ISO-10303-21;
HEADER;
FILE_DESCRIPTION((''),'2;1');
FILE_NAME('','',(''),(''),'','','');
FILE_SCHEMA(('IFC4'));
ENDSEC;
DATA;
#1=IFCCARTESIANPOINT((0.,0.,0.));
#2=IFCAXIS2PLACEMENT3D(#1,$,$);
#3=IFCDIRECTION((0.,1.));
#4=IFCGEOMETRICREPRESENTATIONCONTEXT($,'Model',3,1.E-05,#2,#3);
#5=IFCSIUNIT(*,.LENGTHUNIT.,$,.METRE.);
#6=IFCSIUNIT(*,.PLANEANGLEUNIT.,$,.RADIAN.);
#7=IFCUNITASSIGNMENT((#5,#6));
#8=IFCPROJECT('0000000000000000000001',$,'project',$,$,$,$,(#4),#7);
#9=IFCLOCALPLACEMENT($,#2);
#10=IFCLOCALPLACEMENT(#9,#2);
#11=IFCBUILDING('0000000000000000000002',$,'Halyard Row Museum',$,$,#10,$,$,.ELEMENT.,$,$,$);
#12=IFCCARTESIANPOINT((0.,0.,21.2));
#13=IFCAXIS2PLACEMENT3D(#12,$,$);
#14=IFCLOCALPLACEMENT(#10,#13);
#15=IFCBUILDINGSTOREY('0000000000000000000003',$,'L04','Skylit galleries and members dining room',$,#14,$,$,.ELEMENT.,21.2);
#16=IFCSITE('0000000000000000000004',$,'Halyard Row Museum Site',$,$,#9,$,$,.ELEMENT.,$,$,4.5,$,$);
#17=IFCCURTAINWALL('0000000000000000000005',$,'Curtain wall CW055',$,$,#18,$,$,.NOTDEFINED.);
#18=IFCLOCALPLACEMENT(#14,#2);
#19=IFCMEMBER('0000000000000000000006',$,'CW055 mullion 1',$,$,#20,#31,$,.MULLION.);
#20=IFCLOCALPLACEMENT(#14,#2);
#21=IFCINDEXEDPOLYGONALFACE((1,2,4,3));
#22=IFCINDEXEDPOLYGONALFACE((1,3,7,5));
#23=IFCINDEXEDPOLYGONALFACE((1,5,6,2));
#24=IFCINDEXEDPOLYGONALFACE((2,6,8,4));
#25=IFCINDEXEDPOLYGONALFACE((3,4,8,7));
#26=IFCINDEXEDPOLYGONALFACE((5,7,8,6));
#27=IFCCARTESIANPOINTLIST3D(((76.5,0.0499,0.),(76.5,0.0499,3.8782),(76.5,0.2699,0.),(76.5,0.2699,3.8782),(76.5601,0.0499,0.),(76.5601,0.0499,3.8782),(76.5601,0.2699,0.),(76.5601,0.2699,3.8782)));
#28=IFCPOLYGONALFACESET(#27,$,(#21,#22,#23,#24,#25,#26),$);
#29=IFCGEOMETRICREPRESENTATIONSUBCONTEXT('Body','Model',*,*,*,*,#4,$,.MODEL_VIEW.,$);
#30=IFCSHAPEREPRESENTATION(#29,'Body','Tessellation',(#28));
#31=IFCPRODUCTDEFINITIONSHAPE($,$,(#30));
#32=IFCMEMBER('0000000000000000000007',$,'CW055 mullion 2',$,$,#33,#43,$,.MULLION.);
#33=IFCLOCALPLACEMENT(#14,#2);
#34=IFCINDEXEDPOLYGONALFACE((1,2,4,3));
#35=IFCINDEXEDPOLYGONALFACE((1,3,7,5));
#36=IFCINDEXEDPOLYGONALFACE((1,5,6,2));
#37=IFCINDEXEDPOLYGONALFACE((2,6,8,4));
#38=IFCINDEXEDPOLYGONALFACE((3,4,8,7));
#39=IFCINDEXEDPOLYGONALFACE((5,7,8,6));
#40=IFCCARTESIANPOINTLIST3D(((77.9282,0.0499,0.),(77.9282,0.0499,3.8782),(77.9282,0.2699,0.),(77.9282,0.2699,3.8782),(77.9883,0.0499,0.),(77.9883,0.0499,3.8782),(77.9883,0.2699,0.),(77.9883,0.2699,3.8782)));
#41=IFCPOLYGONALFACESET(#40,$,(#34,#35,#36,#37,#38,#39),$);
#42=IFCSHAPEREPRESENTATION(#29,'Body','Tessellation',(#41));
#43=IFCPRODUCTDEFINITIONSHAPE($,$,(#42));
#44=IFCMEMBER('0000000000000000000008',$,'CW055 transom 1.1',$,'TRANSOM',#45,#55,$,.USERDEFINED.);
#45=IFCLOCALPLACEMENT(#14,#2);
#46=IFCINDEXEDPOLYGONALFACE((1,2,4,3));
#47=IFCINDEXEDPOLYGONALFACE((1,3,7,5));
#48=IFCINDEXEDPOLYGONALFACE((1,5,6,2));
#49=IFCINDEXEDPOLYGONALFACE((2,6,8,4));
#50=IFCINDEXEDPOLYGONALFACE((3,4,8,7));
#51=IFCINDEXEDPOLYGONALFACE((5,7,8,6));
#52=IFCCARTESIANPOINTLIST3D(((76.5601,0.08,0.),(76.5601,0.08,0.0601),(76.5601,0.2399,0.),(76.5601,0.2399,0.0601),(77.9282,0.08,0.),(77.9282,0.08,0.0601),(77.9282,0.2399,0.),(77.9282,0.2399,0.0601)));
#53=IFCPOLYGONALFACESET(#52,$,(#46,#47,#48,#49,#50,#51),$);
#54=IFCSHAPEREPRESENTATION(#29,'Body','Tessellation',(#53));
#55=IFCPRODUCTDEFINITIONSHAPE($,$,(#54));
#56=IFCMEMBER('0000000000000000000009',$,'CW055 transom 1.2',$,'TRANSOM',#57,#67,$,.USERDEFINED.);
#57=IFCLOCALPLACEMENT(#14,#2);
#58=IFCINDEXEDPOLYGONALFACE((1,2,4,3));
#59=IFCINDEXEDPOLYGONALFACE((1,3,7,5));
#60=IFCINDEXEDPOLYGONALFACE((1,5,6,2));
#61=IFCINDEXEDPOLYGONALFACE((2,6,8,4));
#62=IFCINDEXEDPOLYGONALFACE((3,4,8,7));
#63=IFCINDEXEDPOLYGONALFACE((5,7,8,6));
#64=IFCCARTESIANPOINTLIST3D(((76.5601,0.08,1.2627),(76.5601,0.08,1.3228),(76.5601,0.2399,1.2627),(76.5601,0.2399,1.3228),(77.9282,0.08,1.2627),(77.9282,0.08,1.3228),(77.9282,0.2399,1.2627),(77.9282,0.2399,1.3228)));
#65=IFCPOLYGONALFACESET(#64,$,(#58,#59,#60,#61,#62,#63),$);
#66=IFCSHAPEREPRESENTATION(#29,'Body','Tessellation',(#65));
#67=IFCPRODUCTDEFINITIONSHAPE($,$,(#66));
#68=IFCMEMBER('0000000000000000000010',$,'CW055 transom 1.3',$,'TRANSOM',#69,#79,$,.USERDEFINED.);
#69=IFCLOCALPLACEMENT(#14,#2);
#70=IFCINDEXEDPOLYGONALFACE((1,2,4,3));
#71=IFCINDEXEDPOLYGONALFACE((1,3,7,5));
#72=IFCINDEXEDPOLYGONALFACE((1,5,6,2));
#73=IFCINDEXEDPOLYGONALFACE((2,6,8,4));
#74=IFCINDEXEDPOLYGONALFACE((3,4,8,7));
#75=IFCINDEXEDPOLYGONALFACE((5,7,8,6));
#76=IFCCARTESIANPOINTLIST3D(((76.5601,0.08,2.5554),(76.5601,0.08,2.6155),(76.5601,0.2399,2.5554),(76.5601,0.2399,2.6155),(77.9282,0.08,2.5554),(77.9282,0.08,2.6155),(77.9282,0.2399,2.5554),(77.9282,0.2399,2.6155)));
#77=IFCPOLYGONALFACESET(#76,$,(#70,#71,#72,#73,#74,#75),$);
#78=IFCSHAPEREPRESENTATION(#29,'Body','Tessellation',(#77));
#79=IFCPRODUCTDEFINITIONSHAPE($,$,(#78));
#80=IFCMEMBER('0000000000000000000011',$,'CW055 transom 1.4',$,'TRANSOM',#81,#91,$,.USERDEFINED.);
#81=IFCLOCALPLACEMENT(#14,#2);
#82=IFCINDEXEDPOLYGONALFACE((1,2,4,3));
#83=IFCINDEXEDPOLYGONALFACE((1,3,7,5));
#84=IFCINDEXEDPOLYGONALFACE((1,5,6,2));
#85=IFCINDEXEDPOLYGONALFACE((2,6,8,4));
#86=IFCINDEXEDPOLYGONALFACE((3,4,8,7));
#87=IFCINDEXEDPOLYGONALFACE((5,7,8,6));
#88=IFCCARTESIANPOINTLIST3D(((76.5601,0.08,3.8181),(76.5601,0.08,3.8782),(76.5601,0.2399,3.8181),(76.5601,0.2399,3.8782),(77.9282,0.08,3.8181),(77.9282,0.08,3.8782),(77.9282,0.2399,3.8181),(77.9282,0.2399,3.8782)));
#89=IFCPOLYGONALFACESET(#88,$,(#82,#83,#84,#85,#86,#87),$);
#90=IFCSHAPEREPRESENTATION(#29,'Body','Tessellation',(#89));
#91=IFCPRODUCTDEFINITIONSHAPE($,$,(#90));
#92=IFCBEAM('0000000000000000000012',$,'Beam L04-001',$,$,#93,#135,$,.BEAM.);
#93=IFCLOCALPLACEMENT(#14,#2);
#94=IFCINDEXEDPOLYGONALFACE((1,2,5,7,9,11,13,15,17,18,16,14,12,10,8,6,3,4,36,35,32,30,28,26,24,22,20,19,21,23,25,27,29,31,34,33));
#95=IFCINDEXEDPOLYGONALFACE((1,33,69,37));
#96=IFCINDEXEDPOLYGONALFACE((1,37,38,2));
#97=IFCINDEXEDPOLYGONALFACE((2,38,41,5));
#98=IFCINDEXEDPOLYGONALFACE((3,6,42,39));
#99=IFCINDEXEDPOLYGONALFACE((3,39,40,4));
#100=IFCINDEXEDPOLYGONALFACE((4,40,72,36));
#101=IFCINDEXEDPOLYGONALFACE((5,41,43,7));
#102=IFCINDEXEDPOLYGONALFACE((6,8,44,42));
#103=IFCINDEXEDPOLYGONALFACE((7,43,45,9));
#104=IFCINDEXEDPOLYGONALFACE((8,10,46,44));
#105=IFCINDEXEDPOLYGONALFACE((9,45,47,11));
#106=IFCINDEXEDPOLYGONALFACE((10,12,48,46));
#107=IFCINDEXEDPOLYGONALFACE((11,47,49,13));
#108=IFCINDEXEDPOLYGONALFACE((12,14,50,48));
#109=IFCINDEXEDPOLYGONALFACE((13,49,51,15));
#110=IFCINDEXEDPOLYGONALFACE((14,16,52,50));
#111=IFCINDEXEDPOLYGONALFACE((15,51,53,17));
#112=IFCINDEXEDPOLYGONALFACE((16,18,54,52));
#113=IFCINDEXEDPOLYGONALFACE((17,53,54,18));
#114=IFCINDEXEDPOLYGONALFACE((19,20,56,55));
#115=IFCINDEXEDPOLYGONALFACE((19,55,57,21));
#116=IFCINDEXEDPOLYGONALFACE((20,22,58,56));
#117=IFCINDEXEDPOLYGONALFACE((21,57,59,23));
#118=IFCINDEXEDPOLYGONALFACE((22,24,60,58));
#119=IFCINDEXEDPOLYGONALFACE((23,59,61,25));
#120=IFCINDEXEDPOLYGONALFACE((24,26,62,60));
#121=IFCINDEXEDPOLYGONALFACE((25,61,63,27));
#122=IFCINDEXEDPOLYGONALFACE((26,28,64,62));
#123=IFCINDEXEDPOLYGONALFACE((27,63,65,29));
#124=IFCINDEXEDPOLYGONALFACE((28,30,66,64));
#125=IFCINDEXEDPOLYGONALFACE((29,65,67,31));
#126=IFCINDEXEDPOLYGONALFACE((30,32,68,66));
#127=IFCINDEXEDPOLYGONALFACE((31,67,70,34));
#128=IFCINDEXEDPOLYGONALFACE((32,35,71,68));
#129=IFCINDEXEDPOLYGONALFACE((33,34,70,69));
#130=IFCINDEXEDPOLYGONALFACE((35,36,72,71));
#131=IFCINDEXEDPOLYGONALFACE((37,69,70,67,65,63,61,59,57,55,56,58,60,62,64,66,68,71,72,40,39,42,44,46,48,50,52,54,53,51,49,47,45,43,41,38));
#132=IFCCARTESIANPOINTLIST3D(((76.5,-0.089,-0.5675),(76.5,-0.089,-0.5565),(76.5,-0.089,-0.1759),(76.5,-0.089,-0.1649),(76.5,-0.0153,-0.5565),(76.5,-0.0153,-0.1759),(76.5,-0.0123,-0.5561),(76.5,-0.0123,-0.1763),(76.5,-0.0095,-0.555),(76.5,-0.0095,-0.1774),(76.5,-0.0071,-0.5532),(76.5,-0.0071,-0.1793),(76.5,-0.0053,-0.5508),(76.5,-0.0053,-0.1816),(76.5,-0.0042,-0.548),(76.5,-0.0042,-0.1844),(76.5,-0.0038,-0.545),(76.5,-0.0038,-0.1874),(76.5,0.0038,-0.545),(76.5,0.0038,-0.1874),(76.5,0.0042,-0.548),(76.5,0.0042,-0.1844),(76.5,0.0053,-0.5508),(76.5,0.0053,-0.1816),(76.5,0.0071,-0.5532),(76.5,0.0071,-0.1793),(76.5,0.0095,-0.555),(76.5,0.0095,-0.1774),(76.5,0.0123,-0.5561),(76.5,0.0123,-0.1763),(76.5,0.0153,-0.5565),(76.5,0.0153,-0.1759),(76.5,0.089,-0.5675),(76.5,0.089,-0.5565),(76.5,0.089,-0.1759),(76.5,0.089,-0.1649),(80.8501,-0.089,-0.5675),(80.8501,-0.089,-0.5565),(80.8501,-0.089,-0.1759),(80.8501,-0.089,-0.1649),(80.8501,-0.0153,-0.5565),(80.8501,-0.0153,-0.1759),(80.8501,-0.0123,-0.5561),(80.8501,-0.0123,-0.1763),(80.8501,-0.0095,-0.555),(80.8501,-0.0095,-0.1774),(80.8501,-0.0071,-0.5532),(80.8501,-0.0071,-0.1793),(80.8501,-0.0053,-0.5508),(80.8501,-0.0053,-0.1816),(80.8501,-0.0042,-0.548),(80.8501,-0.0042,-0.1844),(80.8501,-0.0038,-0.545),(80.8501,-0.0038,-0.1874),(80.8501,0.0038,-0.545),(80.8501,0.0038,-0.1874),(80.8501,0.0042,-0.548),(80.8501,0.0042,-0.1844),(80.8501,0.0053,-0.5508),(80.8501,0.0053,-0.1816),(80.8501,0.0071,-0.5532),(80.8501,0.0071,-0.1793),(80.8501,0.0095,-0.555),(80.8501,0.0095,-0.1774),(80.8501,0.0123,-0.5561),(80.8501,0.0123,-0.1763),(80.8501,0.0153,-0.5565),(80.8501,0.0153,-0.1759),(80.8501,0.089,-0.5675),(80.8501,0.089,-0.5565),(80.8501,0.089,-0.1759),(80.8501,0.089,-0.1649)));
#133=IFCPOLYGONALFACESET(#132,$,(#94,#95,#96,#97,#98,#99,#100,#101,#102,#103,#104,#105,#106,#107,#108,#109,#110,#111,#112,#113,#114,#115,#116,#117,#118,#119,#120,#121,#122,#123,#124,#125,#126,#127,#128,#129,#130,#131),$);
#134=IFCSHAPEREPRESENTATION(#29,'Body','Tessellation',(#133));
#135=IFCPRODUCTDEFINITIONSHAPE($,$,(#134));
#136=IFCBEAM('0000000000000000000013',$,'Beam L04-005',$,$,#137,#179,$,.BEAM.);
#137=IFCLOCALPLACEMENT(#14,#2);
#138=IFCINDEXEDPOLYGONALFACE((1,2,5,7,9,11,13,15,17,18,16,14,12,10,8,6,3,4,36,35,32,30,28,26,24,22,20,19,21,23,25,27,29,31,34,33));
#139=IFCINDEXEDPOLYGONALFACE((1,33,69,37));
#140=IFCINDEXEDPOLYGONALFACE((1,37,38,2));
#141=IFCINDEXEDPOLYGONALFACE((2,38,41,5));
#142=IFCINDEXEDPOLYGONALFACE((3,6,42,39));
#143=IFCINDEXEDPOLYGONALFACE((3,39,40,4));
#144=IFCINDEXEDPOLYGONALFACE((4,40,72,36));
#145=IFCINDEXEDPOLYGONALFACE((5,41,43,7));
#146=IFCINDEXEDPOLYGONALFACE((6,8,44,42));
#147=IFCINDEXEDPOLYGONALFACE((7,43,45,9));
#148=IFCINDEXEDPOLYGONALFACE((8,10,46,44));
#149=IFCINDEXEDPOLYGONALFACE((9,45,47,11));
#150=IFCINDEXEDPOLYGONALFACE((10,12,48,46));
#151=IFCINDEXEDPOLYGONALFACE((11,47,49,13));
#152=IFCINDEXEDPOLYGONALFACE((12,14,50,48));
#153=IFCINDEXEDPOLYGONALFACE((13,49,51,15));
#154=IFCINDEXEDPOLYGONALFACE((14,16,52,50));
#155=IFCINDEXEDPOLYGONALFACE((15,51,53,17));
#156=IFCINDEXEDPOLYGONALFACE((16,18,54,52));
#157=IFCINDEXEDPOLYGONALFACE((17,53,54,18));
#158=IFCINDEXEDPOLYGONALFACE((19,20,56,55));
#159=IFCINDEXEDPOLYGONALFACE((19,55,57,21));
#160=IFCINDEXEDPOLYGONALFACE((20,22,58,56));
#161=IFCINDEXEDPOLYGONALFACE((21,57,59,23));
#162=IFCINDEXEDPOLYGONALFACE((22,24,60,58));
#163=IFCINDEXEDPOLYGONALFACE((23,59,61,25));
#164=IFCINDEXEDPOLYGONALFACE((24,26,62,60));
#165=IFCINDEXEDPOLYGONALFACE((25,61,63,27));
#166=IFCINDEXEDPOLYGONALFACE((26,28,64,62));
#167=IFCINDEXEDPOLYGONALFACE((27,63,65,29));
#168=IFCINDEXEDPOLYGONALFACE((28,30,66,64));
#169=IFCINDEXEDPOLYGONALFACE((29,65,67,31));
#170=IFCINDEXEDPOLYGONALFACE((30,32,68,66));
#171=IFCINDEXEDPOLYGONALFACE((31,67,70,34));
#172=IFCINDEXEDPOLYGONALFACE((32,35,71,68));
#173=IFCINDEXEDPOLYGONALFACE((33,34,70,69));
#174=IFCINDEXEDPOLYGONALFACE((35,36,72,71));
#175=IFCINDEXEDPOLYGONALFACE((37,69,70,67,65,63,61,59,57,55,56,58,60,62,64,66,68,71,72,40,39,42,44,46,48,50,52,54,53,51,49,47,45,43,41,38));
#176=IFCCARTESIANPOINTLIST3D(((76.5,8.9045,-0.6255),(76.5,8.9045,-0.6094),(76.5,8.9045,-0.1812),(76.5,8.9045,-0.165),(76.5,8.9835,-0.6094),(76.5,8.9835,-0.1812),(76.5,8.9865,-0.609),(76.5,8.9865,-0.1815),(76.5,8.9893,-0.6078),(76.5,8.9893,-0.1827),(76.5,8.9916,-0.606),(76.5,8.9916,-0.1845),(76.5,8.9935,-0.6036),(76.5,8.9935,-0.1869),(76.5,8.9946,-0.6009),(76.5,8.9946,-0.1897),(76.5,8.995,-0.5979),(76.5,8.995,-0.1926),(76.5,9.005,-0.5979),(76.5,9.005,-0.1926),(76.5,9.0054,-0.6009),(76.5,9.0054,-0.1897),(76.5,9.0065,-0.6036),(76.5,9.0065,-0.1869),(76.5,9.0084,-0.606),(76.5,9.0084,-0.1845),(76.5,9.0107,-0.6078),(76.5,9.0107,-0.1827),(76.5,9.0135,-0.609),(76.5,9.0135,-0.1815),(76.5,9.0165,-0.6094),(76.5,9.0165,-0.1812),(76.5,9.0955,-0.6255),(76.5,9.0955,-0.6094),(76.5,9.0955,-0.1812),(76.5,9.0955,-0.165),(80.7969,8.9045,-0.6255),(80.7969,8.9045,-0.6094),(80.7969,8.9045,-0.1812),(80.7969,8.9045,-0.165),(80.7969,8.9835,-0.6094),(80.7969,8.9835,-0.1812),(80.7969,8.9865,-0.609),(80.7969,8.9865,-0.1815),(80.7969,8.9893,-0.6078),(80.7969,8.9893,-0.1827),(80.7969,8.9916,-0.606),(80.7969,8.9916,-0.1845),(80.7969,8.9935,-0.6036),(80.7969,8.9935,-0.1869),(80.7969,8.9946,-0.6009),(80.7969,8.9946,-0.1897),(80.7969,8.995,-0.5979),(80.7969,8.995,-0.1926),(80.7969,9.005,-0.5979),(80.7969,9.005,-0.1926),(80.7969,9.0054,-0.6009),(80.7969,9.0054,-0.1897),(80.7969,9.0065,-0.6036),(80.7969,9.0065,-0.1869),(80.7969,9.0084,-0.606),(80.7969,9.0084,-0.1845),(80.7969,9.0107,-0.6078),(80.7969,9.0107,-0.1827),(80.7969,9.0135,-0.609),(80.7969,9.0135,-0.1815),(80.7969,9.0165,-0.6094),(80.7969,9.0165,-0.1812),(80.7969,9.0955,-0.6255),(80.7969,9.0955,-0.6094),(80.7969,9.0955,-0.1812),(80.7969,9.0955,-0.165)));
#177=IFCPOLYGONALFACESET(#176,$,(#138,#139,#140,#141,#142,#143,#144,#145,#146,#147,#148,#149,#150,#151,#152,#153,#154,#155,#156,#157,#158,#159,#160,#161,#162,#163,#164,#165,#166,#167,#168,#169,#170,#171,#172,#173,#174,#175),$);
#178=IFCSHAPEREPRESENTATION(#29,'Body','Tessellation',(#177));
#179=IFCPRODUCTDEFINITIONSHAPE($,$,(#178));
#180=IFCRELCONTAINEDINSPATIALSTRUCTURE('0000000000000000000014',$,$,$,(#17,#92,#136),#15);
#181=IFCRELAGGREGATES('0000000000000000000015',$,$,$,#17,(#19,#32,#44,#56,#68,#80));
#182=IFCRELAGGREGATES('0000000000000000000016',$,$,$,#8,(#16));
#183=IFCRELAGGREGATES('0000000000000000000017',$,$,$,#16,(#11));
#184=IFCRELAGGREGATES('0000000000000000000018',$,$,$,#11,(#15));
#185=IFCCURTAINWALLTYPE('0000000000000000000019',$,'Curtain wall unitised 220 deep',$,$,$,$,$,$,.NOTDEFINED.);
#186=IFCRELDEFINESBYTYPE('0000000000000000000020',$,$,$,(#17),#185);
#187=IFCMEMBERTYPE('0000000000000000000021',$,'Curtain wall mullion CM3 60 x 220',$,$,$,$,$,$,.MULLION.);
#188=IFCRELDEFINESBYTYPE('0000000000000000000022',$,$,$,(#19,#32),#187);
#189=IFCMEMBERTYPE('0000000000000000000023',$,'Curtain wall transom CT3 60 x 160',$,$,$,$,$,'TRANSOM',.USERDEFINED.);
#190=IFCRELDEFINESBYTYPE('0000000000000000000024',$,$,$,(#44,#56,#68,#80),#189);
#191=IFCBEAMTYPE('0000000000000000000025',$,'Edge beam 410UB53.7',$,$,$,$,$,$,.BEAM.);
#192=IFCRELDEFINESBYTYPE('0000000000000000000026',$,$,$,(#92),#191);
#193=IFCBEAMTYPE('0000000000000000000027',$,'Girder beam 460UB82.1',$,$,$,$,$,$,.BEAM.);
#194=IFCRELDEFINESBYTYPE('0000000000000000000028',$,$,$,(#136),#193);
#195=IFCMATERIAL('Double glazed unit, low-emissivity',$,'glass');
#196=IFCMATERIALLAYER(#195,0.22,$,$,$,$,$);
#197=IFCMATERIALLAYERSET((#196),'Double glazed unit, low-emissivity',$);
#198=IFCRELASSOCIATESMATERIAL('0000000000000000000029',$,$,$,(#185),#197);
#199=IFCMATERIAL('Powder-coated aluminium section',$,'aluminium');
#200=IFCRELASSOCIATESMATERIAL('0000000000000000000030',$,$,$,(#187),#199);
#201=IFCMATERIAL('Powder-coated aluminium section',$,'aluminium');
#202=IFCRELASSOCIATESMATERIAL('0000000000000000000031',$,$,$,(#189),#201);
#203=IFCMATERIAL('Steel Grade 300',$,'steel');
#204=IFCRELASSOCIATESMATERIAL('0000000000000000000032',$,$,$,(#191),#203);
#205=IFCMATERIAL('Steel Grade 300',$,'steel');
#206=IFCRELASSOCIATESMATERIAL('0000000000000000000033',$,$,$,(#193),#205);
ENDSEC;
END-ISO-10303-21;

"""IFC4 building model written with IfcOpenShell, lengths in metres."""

from ifc_helpers import new_model, si_unit, direction, frame, origin, origin_2d, place, context, subcontext, project, spatial, rectangle, i_section, extrude, material, layer, layer_set, material_profile, profile_set, type_object, element, aggregate, save


model = new_model("IFC4")

# Units and contexts
model_context = context("Model", 3, precision=1e-05, world=origin(), true_north=direction((0.0, 1.0)))
body_context = subcontext(model_context, "Body", "Model", "MODEL_VIEW")
ifc_project = project(units=[si_unit("LENGTHUNIT", "METRE"), si_unit("PLANEANGLEUNIT", "RADIAN")], contexts=[model_context])

# Site, building, storey
site_placement = place(None, origin())
site = spatial("IfcSite", under=ifc_project, at=site_placement, Name="Halyard Row Museum Site", CompositionType="ELEMENT", RefElevation=4.5)
building_placement = place(site_placement, origin())
building = spatial("IfcBuilding", under=site, at=building_placement, Name="Halyard Row Museum", CompositionType="ELEMENT")
storey_placement = place(building_placement, frame((0.0, 0.0, 21.2)))
storey = spatial("IfcBuildingStorey", under=building, at=storey_placement, Name="L04", Description="Skylit galleries and members dining room", CompositionType="ELEMENT", Elevation=21.2)

# Curtain wall, members
ifc_material_1 = material(Name="Double glazed unit, low-emissivity", Category="glass")
ifc_layer_1 = layer(ifc_material_1, 0.22)
ifc_layer_set_1 = layer_set([ifc_layer_1], Name="Double glazed unit, low-emissivity")
curtain_wall_type = type_object("IfcCurtainWallType", Name="Curtain wall unitised 220 deep", PredefinedType="NOTDEFINED", material=ifc_layer_set_1)
curtain_wall_placement = place(storey_placement, origin())
curtain_wall = element("IfcCurtainWall", 1, at=curtain_wall_placement, inside=storey, type_object=curtain_wall_type, Name="Curtain wall CW055", PredefinedType="NOTDEFINED")
ifc_material_2 = material(Name="Powder-coated aluminium section", Category="aluminium")
ifc_material_profile_1 = material_profile(ifc_material_2, rectangle(XDim=0.22, YDim=0.0601, at=origin_2d()), Name="220x60 mullion")
ifc_profile_set_1 = profile_set([ifc_material_profile_1], Name="Powder-coated aluminium section")
member_type_1 = type_object("IfcMemberType", Name="Curtain wall mullion CM3 60 x 220", PredefinedType="MULLION", material=ifc_profile_set_1)
member_1_placement = place(storey_placement, frame((76.53, 0.1599, 0.0), z_axis=(0.0, 0.0, 1.0), x_axis=(0.0, 1.0, 0.0)))
member_1 = element("IfcMember", 2, at=member_1_placement, type_object=member_type_1, Name="CW055 mullion 1", PredefinedType="MULLION", context=body_context, shape_type="SweptSolid", body=[
    extrude(rectangle(XDim=0.22, YDim=0.0601, at=origin_2d()), origin(), (0.0, 0.0, 1.0), 3.8782),
])
member_2_placement = place(storey_placement, frame((77.9583, 0.1599, 0.0), z_axis=(0.0, 0.0, 1.0), x_axis=(0.0, 1.0, 0.0)))
member_2 = element("IfcMember", 3, at=member_2_placement, type_object=member_type_1, Name="CW055 mullion 2", PredefinedType="MULLION", context=body_context, shape_type="SweptSolid", body=[
    extrude(rectangle(XDim=0.22, YDim=0.0601, at=origin_2d()), origin(), (0.0, 0.0, 1.0), 3.8782),
])
ifc_material_3 = material(Name="Powder-coated aluminium section", Category="aluminium")
ifc_material_profile_2 = material_profile(ifc_material_3, rectangle(XDim=0.1599, YDim=0.0601, at=origin_2d()), Name="160x60 transom")
ifc_profile_set_2 = profile_set([ifc_material_profile_2], Name="Powder-coated aluminium section")
member_type_2 = type_object("IfcMemberType", Name="Curtain wall transom CT3 60 x 160", ElementType="TRANSOM", PredefinedType="USERDEFINED", material=ifc_profile_set_2)
member_3_placement = place(storey_placement, frame((76.5601, 0.1599, 0.03), z_axis=(1.0, 0.0, 0.0), x_axis=(0.0, 1.0, 0.0)))
member_3 = element("IfcMember", 4, at=member_3_placement, type_object=member_type_2, Name="CW055 transom 1.1", ObjectType="TRANSOM", PredefinedType="USERDEFINED", context=body_context, shape_type="SweptSolid", body=[
    extrude(rectangle(XDim=0.1599, YDim=0.0601, at=origin_2d()), origin(), (0.0, 0.0, 1.0), 1.3682),
])
member_4_placement = place(storey_placement, frame((76.5601, 0.1599, 1.2927), z_axis=(1.0, 0.0, 0.0), x_axis=(0.0, 1.0, 0.0)))
member_4 = element("IfcMember", 5, at=member_4_placement, type_object=member_type_2, Name="CW055 transom 1.2", ObjectType="TRANSOM", PredefinedType="USERDEFINED", context=body_context, shape_type="SweptSolid", body=[
    extrude(rectangle(XDim=0.1599, YDim=0.0601, at=origin_2d()), origin(), (0.0, 0.0, 1.0), 1.3682),
])
member_5_placement = place(storey_placement, frame((76.5601, 0.1599, 2.5854), z_axis=(1.0, 0.0, 0.0), x_axis=(0.0, 1.0, 0.0)))
member_5 = element("IfcMember", 6, at=member_5_placement, type_object=member_type_2, Name="CW055 transom 1.3", ObjectType="TRANSOM", PredefinedType="USERDEFINED", context=body_context, shape_type="SweptSolid", body=[
    extrude(rectangle(XDim=0.1599, YDim=0.0601, at=origin_2d()), origin(), (0.0, 0.0, 1.0), 1.3682),
])
member_6_placement = place(storey_placement, frame((76.5601, 0.1599, 3.8481), z_axis=(1.0, 0.0, 0.0), x_axis=(0.0, 1.0, 0.0)))
member_6 = element("IfcMember", 7, at=member_6_placement, type_object=member_type_2, Name="CW055 transom 1.4", ObjectType="TRANSOM", PredefinedType="USERDEFINED", context=body_context, shape_type="SweptSolid", body=[
    extrude(rectangle(XDim=0.1599, YDim=0.0601, at=origin_2d()), origin(), (0.0, 0.0, 1.0), 1.3682),
])

# Beams
ifc_material_4 = material(Name="Steel Grade 300", Category="steel")
ifc_material_profile_3 = material_profile(ifc_material_4, i_section(OverallWidth=0.178, OverallDepth=0.4026, WebThickness=0.0076, FlangeThickness=0.011, FilletRadius=0.0115, at=origin_2d()), Name="410UB53.7")
ifc_profile_set_3 = profile_set([ifc_material_profile_3], Name="Steel Grade 300")
beam_type_1 = type_object("IfcBeamType", Name="Edge beam 410UB53.7", PredefinedType="BEAM", material=ifc_profile_set_3)
beam_1_placement = place(storey_placement, frame((76.5, 0.0, -0.3662), z_axis=(1.0, 0.0, 0.0), x_axis=(0.0, 1.0, 0.0)))
element("IfcBeam", 8, at=beam_1_placement, inside=storey, type_object=beam_type_1, Name="Beam L04-001", PredefinedType="BEAM", context=body_context, shape_type="SweptSolid", body=[
    extrude(i_section(OverallWidth=0.178, OverallDepth=0.4026, WebThickness=0.0076, FlangeThickness=0.011, FilletRadius=0.0115, at=origin_2d()), origin(), (0.0, 0.0, 1.0), 4.3501),
])
ifc_material_5 = material(Name="Steel Grade 300", Category="steel")
ifc_material_profile_4 = material_profile(ifc_material_5, i_section(OverallWidth=0.1909, OverallDepth=0.4604, WebThickness=0.01, FlangeThickness=0.0161, FilletRadius=0.0115, at=origin_2d()), Name="460UB82.1")
ifc_profile_set_4 = profile_set([ifc_material_profile_4], Name="Steel Grade 300")
beam_type_2 = type_object("IfcBeamType", Name="Girder beam 460UB82.1", PredefinedType="BEAM", material=ifc_profile_set_4)
beam_2_placement = place(storey_placement, frame((76.5, 9.0, -0.3953), z_axis=(1.0, 0.0, 0.0), x_axis=(0.0, 1.0, 0.0)))
element("IfcBeam", 9, at=beam_2_placement, inside=storey, type_object=beam_type_2, Name="Beam L04-005", PredefinedType="BEAM", context=body_context, shape_type="SweptSolid", body=[
    extrude(i_section(OverallWidth=0.1909, OverallDepth=0.4604, WebThickness=0.01, FlangeThickness=0.0161, FilletRadius=0.0115, at=origin_2d()), origin(), (0.0, 0.0, 1.0), 4.2969),
])

aggregate(curtain_wall, [member_1, member_2, member_3, member_4, member_5, member_6])

save(model, "model.ifc")
